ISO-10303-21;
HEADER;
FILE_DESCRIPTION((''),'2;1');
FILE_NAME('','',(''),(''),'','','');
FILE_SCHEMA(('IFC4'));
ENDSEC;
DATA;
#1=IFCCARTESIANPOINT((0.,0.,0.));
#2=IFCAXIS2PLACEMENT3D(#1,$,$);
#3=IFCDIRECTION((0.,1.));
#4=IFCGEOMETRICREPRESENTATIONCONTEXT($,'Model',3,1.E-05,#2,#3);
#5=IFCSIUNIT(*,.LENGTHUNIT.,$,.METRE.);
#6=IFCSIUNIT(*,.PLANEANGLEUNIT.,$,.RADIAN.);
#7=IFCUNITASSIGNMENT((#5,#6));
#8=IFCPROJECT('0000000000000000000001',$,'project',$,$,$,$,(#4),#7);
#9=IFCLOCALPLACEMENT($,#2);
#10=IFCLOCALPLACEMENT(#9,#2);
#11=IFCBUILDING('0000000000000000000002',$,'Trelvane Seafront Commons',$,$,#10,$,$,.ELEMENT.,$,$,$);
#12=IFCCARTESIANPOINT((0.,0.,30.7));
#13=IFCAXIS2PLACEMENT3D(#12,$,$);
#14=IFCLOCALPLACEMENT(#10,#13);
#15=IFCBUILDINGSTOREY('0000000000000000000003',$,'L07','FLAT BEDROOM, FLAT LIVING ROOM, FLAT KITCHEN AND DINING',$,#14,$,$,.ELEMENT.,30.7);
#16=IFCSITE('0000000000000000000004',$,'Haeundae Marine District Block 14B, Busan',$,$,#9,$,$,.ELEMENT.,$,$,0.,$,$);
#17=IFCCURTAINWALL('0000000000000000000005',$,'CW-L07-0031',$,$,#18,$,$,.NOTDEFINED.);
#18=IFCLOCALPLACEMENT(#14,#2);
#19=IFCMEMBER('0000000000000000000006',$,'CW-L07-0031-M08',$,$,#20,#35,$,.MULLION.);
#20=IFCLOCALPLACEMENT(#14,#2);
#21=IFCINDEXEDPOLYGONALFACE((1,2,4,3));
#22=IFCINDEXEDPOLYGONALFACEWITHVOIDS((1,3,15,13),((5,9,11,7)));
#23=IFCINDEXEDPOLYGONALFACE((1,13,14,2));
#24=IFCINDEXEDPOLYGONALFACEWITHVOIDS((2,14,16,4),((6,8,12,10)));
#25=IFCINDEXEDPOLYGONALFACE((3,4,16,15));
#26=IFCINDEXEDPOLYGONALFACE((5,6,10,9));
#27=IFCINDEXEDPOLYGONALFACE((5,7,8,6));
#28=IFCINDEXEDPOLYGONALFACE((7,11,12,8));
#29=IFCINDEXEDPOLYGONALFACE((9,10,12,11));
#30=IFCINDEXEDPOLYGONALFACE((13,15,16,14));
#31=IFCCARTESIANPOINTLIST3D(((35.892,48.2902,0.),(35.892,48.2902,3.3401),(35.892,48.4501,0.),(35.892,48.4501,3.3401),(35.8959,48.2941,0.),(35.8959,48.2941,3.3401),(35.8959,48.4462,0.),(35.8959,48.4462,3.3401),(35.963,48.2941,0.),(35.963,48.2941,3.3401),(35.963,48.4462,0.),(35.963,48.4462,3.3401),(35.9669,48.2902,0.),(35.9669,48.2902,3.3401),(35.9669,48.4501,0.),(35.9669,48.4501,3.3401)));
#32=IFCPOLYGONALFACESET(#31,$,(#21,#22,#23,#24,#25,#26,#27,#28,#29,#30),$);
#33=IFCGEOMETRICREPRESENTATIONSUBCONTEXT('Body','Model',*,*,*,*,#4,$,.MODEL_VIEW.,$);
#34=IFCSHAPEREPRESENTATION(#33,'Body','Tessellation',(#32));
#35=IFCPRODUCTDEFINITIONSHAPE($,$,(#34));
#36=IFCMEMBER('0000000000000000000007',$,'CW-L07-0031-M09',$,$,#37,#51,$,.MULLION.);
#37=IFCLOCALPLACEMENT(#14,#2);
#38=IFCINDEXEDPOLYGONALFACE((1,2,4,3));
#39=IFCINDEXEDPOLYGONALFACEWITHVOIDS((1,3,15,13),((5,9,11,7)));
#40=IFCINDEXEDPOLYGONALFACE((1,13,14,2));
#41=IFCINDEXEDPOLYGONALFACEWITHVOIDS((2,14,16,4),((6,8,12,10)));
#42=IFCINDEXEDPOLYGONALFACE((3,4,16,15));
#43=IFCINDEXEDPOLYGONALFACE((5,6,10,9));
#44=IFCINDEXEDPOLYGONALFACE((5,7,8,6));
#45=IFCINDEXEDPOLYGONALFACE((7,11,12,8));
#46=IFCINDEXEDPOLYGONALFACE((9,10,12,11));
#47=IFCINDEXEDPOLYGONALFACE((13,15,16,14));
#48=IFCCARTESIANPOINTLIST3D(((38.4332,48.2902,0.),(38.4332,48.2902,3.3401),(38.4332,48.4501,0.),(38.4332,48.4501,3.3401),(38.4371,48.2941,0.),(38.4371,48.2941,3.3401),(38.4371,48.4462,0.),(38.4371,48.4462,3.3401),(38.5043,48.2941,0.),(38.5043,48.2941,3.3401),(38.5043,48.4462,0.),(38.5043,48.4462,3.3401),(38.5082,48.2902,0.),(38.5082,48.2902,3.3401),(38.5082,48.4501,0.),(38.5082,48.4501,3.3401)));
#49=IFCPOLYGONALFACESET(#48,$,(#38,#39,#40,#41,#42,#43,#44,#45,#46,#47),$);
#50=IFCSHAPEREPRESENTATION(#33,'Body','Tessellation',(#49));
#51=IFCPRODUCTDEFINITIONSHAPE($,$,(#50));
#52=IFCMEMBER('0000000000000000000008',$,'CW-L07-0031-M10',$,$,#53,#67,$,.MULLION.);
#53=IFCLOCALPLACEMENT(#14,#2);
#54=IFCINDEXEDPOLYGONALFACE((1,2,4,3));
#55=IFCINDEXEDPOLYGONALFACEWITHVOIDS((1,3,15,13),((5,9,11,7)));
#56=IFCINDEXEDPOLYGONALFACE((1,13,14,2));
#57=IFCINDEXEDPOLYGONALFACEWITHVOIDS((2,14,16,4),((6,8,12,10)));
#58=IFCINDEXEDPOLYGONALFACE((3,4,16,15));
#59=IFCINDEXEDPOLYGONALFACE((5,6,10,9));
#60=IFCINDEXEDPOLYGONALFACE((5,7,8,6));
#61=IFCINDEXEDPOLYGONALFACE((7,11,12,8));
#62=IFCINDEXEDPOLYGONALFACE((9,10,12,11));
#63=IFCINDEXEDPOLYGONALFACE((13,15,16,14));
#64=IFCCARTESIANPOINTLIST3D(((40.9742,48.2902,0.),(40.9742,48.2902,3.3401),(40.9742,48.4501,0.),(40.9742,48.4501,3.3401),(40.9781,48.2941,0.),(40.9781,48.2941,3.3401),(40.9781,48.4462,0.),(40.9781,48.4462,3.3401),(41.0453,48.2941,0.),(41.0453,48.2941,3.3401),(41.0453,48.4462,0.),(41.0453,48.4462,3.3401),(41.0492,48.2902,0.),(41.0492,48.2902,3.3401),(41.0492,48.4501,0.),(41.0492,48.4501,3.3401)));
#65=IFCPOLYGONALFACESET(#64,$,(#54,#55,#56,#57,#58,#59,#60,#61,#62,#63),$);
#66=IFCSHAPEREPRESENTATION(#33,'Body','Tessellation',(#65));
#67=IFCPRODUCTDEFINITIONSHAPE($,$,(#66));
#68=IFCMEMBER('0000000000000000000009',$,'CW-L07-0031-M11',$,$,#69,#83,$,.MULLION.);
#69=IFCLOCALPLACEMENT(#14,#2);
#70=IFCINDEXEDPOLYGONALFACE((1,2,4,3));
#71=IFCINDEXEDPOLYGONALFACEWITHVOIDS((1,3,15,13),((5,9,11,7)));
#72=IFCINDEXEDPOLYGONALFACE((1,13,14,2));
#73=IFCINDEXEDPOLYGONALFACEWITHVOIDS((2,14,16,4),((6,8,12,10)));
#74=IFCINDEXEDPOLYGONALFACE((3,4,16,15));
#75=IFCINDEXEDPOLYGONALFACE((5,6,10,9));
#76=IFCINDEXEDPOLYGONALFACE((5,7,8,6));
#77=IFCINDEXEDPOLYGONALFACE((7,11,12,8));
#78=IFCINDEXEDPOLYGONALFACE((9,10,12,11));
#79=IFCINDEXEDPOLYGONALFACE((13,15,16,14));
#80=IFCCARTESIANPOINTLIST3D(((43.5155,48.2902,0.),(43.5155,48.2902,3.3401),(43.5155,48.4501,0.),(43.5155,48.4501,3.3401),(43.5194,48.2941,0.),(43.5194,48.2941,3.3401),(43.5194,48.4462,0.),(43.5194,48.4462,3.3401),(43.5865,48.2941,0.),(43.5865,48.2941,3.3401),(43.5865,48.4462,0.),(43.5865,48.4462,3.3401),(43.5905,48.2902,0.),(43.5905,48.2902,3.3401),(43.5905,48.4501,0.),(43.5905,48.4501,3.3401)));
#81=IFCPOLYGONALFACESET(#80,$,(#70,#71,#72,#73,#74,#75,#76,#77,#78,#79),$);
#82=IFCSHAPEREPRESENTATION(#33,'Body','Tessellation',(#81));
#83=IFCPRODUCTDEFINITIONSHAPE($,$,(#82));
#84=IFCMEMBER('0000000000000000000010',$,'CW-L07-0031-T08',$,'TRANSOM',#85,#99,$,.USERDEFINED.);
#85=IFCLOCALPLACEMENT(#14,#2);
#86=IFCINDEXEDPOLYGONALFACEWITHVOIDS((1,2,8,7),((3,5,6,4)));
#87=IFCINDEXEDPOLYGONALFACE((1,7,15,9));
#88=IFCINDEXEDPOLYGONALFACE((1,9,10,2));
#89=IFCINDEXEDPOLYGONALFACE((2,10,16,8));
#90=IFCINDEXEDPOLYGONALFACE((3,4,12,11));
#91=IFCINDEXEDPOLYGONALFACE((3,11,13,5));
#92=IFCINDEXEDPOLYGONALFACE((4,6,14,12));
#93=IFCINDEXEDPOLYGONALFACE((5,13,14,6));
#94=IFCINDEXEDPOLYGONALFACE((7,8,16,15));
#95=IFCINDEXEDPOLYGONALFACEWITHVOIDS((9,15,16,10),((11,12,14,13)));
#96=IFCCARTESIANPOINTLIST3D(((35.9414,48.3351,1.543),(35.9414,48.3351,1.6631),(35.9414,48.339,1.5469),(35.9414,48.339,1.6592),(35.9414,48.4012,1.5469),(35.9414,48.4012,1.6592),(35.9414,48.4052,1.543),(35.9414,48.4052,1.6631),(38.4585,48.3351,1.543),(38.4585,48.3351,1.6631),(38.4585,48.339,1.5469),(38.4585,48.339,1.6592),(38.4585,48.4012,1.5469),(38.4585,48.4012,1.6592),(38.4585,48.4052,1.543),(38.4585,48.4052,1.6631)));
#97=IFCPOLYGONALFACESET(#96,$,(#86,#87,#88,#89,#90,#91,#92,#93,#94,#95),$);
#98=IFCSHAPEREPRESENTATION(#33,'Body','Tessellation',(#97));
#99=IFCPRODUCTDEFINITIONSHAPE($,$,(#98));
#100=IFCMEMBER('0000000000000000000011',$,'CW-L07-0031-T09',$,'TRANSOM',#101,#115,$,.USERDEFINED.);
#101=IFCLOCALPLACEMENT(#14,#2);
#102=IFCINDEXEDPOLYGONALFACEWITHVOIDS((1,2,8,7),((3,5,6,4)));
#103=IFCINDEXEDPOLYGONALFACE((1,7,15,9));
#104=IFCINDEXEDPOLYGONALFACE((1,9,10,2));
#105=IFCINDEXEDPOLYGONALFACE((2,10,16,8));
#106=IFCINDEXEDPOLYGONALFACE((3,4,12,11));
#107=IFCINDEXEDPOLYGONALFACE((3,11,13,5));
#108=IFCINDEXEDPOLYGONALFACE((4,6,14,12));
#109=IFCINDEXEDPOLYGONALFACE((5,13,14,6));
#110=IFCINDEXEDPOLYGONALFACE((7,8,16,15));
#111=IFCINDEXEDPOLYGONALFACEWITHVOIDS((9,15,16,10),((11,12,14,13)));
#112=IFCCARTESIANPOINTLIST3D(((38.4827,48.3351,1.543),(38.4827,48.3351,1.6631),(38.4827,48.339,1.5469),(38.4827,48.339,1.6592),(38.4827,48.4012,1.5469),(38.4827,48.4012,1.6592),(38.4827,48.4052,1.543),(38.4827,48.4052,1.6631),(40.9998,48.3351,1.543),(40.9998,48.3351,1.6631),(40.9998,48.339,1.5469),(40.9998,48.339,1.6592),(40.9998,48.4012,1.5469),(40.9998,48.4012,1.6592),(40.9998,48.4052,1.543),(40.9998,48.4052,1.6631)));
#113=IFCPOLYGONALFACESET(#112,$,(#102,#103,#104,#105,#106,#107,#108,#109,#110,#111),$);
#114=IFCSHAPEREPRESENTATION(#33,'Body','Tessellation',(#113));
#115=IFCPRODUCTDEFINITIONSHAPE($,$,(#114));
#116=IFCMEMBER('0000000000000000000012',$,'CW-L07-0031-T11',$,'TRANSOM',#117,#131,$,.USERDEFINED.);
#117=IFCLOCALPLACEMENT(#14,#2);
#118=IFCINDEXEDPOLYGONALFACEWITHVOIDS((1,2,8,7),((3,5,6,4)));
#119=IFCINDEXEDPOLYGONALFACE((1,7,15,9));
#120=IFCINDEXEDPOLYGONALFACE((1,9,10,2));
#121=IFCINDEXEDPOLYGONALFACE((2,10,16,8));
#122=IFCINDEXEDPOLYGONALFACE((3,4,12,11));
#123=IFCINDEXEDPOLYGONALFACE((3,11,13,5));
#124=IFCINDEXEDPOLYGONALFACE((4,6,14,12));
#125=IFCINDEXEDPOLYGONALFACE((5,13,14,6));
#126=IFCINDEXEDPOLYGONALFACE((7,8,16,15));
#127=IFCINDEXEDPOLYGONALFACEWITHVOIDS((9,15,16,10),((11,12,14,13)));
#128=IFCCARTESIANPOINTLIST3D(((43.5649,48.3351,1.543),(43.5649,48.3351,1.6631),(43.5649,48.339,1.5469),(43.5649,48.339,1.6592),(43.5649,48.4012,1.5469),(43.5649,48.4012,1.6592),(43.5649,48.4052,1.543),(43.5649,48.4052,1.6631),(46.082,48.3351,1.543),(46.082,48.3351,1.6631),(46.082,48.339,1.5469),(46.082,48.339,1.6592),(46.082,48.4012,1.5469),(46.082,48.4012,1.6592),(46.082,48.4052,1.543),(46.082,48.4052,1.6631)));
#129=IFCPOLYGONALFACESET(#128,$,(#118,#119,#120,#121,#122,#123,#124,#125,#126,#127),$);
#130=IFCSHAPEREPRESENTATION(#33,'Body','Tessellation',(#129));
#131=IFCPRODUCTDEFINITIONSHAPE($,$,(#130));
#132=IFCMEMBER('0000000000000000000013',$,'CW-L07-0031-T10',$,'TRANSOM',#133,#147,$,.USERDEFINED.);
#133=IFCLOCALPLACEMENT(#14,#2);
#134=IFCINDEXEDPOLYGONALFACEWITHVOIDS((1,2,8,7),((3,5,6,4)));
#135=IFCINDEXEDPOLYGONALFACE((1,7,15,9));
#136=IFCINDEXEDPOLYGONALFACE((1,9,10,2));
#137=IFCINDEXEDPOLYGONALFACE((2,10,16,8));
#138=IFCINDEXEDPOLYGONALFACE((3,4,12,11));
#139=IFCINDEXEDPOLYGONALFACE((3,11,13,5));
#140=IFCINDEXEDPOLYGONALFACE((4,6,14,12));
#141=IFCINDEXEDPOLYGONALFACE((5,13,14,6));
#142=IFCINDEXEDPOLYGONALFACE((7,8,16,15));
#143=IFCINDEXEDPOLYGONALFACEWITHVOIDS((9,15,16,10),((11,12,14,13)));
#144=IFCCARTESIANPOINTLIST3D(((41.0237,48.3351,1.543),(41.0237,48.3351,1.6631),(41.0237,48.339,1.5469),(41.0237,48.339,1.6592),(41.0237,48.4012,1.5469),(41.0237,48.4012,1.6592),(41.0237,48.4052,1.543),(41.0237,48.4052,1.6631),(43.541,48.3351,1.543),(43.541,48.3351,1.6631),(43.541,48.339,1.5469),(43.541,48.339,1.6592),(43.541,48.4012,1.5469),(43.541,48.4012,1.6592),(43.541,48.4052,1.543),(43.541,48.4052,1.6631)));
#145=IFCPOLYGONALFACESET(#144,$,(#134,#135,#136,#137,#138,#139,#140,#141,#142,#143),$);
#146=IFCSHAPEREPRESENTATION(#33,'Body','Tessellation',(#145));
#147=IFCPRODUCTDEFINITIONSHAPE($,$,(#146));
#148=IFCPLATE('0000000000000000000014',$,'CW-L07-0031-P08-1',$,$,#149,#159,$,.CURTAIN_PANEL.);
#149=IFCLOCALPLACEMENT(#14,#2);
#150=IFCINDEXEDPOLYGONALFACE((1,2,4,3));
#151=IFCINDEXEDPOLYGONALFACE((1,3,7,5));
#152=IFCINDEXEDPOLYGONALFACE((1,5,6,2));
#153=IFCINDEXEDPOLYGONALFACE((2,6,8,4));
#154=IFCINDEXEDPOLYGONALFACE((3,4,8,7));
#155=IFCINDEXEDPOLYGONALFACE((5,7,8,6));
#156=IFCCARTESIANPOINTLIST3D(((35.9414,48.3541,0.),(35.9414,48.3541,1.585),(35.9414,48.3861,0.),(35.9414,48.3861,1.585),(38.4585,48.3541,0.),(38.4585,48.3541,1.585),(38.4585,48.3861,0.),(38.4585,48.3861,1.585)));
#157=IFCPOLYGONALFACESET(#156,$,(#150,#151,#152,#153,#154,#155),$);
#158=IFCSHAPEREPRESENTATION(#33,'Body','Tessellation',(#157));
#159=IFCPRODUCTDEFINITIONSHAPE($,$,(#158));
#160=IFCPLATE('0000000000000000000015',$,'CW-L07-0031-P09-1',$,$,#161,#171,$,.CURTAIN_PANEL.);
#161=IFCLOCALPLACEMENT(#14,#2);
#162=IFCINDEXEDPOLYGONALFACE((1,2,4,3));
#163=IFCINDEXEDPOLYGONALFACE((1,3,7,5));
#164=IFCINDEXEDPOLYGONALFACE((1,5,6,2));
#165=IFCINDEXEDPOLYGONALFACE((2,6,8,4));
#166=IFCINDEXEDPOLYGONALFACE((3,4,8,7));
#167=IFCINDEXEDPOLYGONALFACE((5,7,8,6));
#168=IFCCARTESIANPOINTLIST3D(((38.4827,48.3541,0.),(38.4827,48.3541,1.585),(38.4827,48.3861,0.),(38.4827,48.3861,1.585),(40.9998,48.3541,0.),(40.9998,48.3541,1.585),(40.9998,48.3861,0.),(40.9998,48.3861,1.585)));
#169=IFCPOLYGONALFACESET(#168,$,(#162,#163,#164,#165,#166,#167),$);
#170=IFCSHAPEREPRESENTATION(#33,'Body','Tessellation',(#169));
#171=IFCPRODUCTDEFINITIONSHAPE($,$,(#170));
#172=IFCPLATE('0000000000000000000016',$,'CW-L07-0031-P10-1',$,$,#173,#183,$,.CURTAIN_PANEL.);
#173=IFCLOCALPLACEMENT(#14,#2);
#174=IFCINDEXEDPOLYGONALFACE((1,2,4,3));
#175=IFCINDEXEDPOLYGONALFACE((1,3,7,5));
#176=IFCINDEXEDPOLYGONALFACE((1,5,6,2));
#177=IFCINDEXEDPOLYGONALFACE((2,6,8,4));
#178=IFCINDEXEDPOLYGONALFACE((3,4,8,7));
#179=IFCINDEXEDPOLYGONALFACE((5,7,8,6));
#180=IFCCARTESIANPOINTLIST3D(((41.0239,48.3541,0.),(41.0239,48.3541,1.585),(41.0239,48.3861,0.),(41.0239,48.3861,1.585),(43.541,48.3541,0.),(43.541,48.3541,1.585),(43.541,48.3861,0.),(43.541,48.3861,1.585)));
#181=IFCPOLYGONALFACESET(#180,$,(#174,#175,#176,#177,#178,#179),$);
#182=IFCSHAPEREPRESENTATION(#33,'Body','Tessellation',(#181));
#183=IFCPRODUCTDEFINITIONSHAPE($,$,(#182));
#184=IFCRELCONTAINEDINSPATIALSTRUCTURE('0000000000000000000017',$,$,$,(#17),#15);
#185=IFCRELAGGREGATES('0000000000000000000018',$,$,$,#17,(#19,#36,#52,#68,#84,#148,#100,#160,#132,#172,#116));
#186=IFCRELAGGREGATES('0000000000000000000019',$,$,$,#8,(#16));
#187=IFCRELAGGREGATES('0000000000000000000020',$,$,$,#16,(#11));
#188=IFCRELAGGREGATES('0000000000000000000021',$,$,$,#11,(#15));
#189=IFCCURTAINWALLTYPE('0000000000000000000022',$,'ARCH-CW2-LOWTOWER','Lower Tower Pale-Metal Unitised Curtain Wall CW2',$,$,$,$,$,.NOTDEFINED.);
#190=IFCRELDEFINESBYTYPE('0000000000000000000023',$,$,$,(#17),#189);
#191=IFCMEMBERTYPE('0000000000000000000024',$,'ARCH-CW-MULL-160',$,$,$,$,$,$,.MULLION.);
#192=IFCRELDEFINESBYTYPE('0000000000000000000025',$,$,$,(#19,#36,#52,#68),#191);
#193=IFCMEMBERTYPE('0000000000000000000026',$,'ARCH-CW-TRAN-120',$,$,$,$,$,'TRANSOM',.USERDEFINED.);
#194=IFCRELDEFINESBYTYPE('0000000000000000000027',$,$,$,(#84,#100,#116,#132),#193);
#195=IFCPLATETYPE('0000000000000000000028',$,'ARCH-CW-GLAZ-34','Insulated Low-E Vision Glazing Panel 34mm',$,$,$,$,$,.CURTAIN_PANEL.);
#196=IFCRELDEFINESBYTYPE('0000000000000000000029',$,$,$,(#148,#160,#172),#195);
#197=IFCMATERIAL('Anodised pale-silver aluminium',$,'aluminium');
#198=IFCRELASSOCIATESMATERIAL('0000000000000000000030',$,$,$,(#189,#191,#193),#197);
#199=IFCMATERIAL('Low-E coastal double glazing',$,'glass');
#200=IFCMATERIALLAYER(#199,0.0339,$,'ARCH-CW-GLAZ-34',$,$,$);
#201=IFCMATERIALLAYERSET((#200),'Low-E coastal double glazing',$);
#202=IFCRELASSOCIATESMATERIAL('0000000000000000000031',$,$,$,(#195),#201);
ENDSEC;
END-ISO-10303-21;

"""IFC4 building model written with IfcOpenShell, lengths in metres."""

from ifc_helpers import new_model, si_unit, direction, frame, origin, origin_2d, place, context, subcontext, project, spatial, rectangle, hollow_rectangle, extrude, source, transform, mapped, material, layer, layer_set, material_profile, profile_set, type_object, element, aggregate, save


model = new_model("IFC4")

# Units and contexts
model_context = context("Model", 3, precision=1e-05, world=origin(), true_north=direction((0.0, 1.0)))
body_context = subcontext(model_context, "Body", "Model", "MODEL_VIEW")
ifc_project = project(units=[si_unit("LENGTHUNIT", "METRE"), si_unit("PLANEANGLEUNIT", "RADIAN")], contexts=[model_context])

# Site, building, storey
site_placement = place(None, origin())
site = spatial("IfcSite", under=ifc_project, at=site_placement, Name="Haeundae Marine District Block 14B, Busan", CompositionType="ELEMENT", RefElevation=0.0)
building_placement = place(site_placement, origin())
building = spatial("IfcBuilding", under=site, at=building_placement, Name="Trelvane Seafront Commons", CompositionType="ELEMENT")
storey_placement = place(building_placement, frame((0.0, 0.0, 30.7)))
storey = spatial("IfcBuildingStorey", under=building, at=storey_placement, Name="L07", Description="FLAT BEDROOM, FLAT LIVING ROOM, FLAT KITCHEN AND DINING", CompositionType="ELEMENT", Elevation=30.7)

# Curtain wall, members, plates
ifc_material_1 = material(Name="Anodised pale-silver aluminium", Category="aluminium")
curtain_wall_type = type_object("IfcCurtainWallType", Name="ARCH-CW2-LOWTOWER", Description="Lower Tower Pale-Metal Unitised Curtain Wall CW2", PredefinedType="NOTDEFINED", material=ifc_material_1)
curtain_wall_placement = place(storey_placement, origin())
curtain_wall = element("IfcCurtainWall", 1, at=curtain_wall_placement, inside=storey, type_object=curtain_wall_type, Name="CW-L07-0031", PredefinedType="NOTDEFINED")
ifc_material_profile_1 = material_profile(ifc_material_1, hollow_rectangle(XDim=0.075, YDim=0.1599, WallThickness=0.0039, at=origin_2d()), Name="MULL-75x160x4")
ifc_profile_set_1 = profile_set([ifc_material_profile_1], Name="Anodised pale-silver aluminium")
member_type_1 = type_object("IfcMemberType", Name="ARCH-CW-MULL-160", PredefinedType="MULLION", material=ifc_profile_set_1)
shared_shape_1 = source(origin(), body_context, "Body", "SweptSolid", [
    extrude(hollow_rectangle(XDim=0.075, YDim=0.1599, WallThickness=0.0039, at=origin_2d()), origin(), (0.0, 0.0, 1.0), 3.3401),
])
member_1_placement = place(storey_placement, frame((35.9294, 48.3701, 0.0), z_axis=(0.0, 0.0, 1.0), x_axis=(1.0, 0.0, 0.0)))
member_1 = element("IfcMember", 2, at=member_1_placement, type_object=member_type_1, Name="CW-L07-0031-M08", PredefinedType="MULLION", context=body_context, shape_type="MappedRepresentation", body=[
    mapped(shared_shape_1, transform((0.0, 0.0, 0.0), x_axis=(1.0, 0.0, 0.0), y_axis=(0.0, 1.0, 0.0), z_axis=(0.0, 0.0, 1.0), scale=1.0)),
])
member_2_placement = place(storey_placement, frame((38.4707, 48.3701, 0.0), z_axis=(0.0, 0.0, 1.0), x_axis=(1.0, 0.0, 0.0)))
member_2 = element("IfcMember", 3, at=member_2_placement, type_object=member_type_1, Name="CW-L07-0031-M09", PredefinedType="MULLION", context=body_context, shape_type="MappedRepresentation", body=[
    mapped(shared_shape_1, transform((0.0, 0.0, 0.0), x_axis=(1.0, 0.0, 0.0), y_axis=(0.0, 1.0, 0.0), z_axis=(0.0, 0.0, 1.0), scale=1.0)),
])
member_3_placement = place(storey_placement, frame((41.0117, 48.3701, 0.0), z_axis=(0.0, 0.0, 1.0), x_axis=(1.0, 0.0, 0.0)))
member_3 = element("IfcMember", 4, at=member_3_placement, type_object=member_type_1, Name="CW-L07-0031-M10", PredefinedType="MULLION", context=body_context, shape_type="MappedRepresentation", body=[
    mapped(shared_shape_1, transform((0.0, 0.0, 0.0), x_axis=(1.0, 0.0, 0.0), y_axis=(0.0, 1.0, 0.0), z_axis=(0.0, 0.0, 1.0), scale=1.0)),
])
member_4_placement = place(storey_placement, frame((43.553, 48.3701, 0.0), z_axis=(0.0, 0.0, 1.0), x_axis=(1.0, 0.0, 0.0)))
member_4 = element("IfcMember", 5, at=member_4_placement, type_object=member_type_1, Name="CW-L07-0031-M11", PredefinedType="MULLION", context=body_context, shape_type="MappedRepresentation", body=[
    mapped(shared_shape_1, transform((0.0, 0.0, 0.0), x_axis=(1.0, 0.0, 0.0), y_axis=(0.0, 1.0, 0.0), z_axis=(0.0, 0.0, 1.0), scale=1.0)),
])
ifc_material_profile_2 = material_profile(ifc_material_1, hollow_rectangle(XDim=0.0701, YDim=0.1201, WallThickness=0.0039, at=origin_2d()), Name="TRAN-70x120x4")
ifc_profile_set_2 = profile_set([ifc_material_profile_2], Name="Anodised pale-silver aluminium")
member_type_2 = type_object("IfcMemberType", Name="ARCH-CW-TRAN-120", ElementType="TRANSOM", PredefinedType="USERDEFINED", material=ifc_profile_set_2)
shared_shape_2 = source(origin(), body_context, "Body", "SweptSolid", [
    extrude(hollow_rectangle(XDim=0.0701, YDim=0.1201, WallThickness=0.0039, at=origin_2d()), origin(), (0.0, 0.0, 1.0), 2.5171),
])
member_5_placement = place(storey_placement, frame((35.9414, 48.3701, 1.603), z_axis=(1.0, 0.0, 0.0), x_axis=(0.0, 1.0, 0.0)))
member_5 = element("IfcMember", 6, at=member_5_placement, type_object=member_type_2, Name="CW-L07-0031-T08", ObjectType="TRANSOM", PredefinedType="USERDEFINED", context=body_context, shape_type="MappedRepresentation", body=[
    mapped(shared_shape_2, transform((0.0, 0.0, 0.0), x_axis=(1.0, 0.0, 0.0), y_axis=(0.0, 1.0, 0.0), z_axis=(0.0, 0.0, 1.0), scale=1.0)),
])
member_6_placement = place(storey_placement, frame((38.4827, 48.3701, 1.603), z_axis=(1.0, 0.0, 0.0), x_axis=(0.0, 1.0, 0.0)))
member_6 = element("IfcMember", 7, at=member_6_placement, type_object=member_type_2, Name="CW-L07-0031-T09", ObjectType="TRANSOM", PredefinedType="USERDEFINED", context=body_context, shape_type="MappedRepresentation", body=[
    mapped(shared_shape_2, transform((0.0, 0.0, 0.0), x_axis=(1.0, 0.0, 0.0), y_axis=(0.0, 1.0, 0.0), z_axis=(0.0, 0.0, 1.0), scale=1.0)),
])
member_7_placement = place(storey_placement, frame((43.5649, 48.3701, 1.603), z_axis=(1.0, 0.0, 0.0), x_axis=(0.0, 1.0, 0.0)))
member_7 = element("IfcMember", 8, at=member_7_placement, type_object=member_type_2, Name="CW-L07-0031-T11", ObjectType="TRANSOM", PredefinedType="USERDEFINED", context=body_context, shape_type="MappedRepresentation", body=[
    mapped(shared_shape_2, transform((0.0, 0.0, 0.0), x_axis=(1.0, 0.0, 0.0), y_axis=(0.0, 1.0, 0.0), z_axis=(0.0, 0.0, 1.0), scale=1.0)),
])
shared_shape_3 = source(origin(), body_context, "Body", "SweptSolid", [
    extrude(hollow_rectangle(XDim=0.0701, YDim=0.1201, WallThickness=0.0039, at=origin_2d()), origin(), (0.0, 0.0, 1.0), 2.5173),
])
member_8_placement = place(storey_placement, frame((41.0237, 48.3701, 1.603), z_axis=(1.0, 0.0, 0.0), x_axis=(0.0, 1.0, 0.0)))
member_8 = element("IfcMember", 9, at=member_8_placement, type_object=member_type_2, Name="CW-L07-0031-T10", ObjectType="TRANSOM", PredefinedType="USERDEFINED", context=body_context, shape_type="MappedRepresentation", body=[
    mapped(shared_shape_3, transform((0.0, 0.0, 0.0), x_axis=(1.0, 0.0, 0.0), y_axis=(0.0, 1.0, 0.0), z_axis=(0.0, 0.0, 1.0), scale=1.0)),
])
ifc_material_2 = material(Name="Low-E coastal double glazing", Category="glass")
ifc_layer_1 = layer(ifc_material_2, 0.0339, Name="ARCH-CW-GLAZ-34")
ifc_layer_set_1 = layer_set([ifc_layer_1], Name="Low-E coastal double glazing")
plate_type_1 = type_object("IfcPlateType", Name="ARCH-CW-GLAZ-34", Description="Insulated Low-E Vision Glazing Panel 34mm", PredefinedType="CURTAIN_PANEL", material=ifc_layer_set_1)
shared_shape_4 = source(origin(), body_context, "Body", "SweptSolid", [
    extrude(rectangle(XDim=2.5171, YDim=0.032, at=origin_2d()), origin(), (0.0, 0.0, 1.0), 1.585),
])
plate_1_placement = place(storey_placement, frame((37.2, 48.3701, 0.0), z_axis=(0.0, 0.0, 1.0), x_axis=(1.0, 0.0, 0.0)))
plate_1 = element("IfcPlate", 10, at=plate_1_placement, type_object=plate_type_1, Name="CW-L07-0031-P08-1", PredefinedType="CURTAIN_PANEL", context=body_context, shape_type="MappedRepresentation", body=[
    mapped(shared_shape_4, transform((0.0, 0.0, 0.0), x_axis=(1.0, 0.0, 0.0), y_axis=(0.0, 1.0, 0.0), z_axis=(0.0, 0.0, 1.0), scale=1.0)),
])
plate_2_placement = place(storey_placement, frame((39.7412, 48.3701, 0.0), z_axis=(0.0, 0.0, 1.0), x_axis=(1.0, 0.0, 0.0)))
plate_2 = element("IfcPlate", 11, at=plate_2_placement, type_object=plate_type_1, Name="CW-L07-0031-P09-1", PredefinedType="CURTAIN_PANEL", context=body_context, shape_type="MappedRepresentation", body=[
    mapped(shared_shape_4, transform((0.0, 0.0, 0.0), x_axis=(1.0, 0.0, 0.0), y_axis=(0.0, 1.0, 0.0), z_axis=(0.0, 0.0, 1.0), scale=1.0)),
])
plate_3_placement = place(storey_placement, frame((42.2825, 48.3701, 0.0), z_axis=(0.0, 0.0, 1.0), x_axis=(1.0, 0.0, 0.0)))
plate_3 = element("IfcPlate", 12, at=plate_3_placement, type_object=plate_type_1, Name="CW-L07-0031-P10-1", PredefinedType="CURTAIN_PANEL", context=body_context, shape_type="MappedRepresentation", body=[
    mapped(shared_shape_4, transform((0.0, 0.0, 0.0), x_axis=(1.0, 0.0, 0.0), y_axis=(0.0, 1.0, 0.0), z_axis=(0.0, 0.0, 1.0), scale=1.0)),
])
aggregate(curtain_wall, [member_1, member_2, member_3, member_4, member_5, plate_1, member_6, plate_2, member_8, plate_3, member_7])

save(model, "model.ifc")
